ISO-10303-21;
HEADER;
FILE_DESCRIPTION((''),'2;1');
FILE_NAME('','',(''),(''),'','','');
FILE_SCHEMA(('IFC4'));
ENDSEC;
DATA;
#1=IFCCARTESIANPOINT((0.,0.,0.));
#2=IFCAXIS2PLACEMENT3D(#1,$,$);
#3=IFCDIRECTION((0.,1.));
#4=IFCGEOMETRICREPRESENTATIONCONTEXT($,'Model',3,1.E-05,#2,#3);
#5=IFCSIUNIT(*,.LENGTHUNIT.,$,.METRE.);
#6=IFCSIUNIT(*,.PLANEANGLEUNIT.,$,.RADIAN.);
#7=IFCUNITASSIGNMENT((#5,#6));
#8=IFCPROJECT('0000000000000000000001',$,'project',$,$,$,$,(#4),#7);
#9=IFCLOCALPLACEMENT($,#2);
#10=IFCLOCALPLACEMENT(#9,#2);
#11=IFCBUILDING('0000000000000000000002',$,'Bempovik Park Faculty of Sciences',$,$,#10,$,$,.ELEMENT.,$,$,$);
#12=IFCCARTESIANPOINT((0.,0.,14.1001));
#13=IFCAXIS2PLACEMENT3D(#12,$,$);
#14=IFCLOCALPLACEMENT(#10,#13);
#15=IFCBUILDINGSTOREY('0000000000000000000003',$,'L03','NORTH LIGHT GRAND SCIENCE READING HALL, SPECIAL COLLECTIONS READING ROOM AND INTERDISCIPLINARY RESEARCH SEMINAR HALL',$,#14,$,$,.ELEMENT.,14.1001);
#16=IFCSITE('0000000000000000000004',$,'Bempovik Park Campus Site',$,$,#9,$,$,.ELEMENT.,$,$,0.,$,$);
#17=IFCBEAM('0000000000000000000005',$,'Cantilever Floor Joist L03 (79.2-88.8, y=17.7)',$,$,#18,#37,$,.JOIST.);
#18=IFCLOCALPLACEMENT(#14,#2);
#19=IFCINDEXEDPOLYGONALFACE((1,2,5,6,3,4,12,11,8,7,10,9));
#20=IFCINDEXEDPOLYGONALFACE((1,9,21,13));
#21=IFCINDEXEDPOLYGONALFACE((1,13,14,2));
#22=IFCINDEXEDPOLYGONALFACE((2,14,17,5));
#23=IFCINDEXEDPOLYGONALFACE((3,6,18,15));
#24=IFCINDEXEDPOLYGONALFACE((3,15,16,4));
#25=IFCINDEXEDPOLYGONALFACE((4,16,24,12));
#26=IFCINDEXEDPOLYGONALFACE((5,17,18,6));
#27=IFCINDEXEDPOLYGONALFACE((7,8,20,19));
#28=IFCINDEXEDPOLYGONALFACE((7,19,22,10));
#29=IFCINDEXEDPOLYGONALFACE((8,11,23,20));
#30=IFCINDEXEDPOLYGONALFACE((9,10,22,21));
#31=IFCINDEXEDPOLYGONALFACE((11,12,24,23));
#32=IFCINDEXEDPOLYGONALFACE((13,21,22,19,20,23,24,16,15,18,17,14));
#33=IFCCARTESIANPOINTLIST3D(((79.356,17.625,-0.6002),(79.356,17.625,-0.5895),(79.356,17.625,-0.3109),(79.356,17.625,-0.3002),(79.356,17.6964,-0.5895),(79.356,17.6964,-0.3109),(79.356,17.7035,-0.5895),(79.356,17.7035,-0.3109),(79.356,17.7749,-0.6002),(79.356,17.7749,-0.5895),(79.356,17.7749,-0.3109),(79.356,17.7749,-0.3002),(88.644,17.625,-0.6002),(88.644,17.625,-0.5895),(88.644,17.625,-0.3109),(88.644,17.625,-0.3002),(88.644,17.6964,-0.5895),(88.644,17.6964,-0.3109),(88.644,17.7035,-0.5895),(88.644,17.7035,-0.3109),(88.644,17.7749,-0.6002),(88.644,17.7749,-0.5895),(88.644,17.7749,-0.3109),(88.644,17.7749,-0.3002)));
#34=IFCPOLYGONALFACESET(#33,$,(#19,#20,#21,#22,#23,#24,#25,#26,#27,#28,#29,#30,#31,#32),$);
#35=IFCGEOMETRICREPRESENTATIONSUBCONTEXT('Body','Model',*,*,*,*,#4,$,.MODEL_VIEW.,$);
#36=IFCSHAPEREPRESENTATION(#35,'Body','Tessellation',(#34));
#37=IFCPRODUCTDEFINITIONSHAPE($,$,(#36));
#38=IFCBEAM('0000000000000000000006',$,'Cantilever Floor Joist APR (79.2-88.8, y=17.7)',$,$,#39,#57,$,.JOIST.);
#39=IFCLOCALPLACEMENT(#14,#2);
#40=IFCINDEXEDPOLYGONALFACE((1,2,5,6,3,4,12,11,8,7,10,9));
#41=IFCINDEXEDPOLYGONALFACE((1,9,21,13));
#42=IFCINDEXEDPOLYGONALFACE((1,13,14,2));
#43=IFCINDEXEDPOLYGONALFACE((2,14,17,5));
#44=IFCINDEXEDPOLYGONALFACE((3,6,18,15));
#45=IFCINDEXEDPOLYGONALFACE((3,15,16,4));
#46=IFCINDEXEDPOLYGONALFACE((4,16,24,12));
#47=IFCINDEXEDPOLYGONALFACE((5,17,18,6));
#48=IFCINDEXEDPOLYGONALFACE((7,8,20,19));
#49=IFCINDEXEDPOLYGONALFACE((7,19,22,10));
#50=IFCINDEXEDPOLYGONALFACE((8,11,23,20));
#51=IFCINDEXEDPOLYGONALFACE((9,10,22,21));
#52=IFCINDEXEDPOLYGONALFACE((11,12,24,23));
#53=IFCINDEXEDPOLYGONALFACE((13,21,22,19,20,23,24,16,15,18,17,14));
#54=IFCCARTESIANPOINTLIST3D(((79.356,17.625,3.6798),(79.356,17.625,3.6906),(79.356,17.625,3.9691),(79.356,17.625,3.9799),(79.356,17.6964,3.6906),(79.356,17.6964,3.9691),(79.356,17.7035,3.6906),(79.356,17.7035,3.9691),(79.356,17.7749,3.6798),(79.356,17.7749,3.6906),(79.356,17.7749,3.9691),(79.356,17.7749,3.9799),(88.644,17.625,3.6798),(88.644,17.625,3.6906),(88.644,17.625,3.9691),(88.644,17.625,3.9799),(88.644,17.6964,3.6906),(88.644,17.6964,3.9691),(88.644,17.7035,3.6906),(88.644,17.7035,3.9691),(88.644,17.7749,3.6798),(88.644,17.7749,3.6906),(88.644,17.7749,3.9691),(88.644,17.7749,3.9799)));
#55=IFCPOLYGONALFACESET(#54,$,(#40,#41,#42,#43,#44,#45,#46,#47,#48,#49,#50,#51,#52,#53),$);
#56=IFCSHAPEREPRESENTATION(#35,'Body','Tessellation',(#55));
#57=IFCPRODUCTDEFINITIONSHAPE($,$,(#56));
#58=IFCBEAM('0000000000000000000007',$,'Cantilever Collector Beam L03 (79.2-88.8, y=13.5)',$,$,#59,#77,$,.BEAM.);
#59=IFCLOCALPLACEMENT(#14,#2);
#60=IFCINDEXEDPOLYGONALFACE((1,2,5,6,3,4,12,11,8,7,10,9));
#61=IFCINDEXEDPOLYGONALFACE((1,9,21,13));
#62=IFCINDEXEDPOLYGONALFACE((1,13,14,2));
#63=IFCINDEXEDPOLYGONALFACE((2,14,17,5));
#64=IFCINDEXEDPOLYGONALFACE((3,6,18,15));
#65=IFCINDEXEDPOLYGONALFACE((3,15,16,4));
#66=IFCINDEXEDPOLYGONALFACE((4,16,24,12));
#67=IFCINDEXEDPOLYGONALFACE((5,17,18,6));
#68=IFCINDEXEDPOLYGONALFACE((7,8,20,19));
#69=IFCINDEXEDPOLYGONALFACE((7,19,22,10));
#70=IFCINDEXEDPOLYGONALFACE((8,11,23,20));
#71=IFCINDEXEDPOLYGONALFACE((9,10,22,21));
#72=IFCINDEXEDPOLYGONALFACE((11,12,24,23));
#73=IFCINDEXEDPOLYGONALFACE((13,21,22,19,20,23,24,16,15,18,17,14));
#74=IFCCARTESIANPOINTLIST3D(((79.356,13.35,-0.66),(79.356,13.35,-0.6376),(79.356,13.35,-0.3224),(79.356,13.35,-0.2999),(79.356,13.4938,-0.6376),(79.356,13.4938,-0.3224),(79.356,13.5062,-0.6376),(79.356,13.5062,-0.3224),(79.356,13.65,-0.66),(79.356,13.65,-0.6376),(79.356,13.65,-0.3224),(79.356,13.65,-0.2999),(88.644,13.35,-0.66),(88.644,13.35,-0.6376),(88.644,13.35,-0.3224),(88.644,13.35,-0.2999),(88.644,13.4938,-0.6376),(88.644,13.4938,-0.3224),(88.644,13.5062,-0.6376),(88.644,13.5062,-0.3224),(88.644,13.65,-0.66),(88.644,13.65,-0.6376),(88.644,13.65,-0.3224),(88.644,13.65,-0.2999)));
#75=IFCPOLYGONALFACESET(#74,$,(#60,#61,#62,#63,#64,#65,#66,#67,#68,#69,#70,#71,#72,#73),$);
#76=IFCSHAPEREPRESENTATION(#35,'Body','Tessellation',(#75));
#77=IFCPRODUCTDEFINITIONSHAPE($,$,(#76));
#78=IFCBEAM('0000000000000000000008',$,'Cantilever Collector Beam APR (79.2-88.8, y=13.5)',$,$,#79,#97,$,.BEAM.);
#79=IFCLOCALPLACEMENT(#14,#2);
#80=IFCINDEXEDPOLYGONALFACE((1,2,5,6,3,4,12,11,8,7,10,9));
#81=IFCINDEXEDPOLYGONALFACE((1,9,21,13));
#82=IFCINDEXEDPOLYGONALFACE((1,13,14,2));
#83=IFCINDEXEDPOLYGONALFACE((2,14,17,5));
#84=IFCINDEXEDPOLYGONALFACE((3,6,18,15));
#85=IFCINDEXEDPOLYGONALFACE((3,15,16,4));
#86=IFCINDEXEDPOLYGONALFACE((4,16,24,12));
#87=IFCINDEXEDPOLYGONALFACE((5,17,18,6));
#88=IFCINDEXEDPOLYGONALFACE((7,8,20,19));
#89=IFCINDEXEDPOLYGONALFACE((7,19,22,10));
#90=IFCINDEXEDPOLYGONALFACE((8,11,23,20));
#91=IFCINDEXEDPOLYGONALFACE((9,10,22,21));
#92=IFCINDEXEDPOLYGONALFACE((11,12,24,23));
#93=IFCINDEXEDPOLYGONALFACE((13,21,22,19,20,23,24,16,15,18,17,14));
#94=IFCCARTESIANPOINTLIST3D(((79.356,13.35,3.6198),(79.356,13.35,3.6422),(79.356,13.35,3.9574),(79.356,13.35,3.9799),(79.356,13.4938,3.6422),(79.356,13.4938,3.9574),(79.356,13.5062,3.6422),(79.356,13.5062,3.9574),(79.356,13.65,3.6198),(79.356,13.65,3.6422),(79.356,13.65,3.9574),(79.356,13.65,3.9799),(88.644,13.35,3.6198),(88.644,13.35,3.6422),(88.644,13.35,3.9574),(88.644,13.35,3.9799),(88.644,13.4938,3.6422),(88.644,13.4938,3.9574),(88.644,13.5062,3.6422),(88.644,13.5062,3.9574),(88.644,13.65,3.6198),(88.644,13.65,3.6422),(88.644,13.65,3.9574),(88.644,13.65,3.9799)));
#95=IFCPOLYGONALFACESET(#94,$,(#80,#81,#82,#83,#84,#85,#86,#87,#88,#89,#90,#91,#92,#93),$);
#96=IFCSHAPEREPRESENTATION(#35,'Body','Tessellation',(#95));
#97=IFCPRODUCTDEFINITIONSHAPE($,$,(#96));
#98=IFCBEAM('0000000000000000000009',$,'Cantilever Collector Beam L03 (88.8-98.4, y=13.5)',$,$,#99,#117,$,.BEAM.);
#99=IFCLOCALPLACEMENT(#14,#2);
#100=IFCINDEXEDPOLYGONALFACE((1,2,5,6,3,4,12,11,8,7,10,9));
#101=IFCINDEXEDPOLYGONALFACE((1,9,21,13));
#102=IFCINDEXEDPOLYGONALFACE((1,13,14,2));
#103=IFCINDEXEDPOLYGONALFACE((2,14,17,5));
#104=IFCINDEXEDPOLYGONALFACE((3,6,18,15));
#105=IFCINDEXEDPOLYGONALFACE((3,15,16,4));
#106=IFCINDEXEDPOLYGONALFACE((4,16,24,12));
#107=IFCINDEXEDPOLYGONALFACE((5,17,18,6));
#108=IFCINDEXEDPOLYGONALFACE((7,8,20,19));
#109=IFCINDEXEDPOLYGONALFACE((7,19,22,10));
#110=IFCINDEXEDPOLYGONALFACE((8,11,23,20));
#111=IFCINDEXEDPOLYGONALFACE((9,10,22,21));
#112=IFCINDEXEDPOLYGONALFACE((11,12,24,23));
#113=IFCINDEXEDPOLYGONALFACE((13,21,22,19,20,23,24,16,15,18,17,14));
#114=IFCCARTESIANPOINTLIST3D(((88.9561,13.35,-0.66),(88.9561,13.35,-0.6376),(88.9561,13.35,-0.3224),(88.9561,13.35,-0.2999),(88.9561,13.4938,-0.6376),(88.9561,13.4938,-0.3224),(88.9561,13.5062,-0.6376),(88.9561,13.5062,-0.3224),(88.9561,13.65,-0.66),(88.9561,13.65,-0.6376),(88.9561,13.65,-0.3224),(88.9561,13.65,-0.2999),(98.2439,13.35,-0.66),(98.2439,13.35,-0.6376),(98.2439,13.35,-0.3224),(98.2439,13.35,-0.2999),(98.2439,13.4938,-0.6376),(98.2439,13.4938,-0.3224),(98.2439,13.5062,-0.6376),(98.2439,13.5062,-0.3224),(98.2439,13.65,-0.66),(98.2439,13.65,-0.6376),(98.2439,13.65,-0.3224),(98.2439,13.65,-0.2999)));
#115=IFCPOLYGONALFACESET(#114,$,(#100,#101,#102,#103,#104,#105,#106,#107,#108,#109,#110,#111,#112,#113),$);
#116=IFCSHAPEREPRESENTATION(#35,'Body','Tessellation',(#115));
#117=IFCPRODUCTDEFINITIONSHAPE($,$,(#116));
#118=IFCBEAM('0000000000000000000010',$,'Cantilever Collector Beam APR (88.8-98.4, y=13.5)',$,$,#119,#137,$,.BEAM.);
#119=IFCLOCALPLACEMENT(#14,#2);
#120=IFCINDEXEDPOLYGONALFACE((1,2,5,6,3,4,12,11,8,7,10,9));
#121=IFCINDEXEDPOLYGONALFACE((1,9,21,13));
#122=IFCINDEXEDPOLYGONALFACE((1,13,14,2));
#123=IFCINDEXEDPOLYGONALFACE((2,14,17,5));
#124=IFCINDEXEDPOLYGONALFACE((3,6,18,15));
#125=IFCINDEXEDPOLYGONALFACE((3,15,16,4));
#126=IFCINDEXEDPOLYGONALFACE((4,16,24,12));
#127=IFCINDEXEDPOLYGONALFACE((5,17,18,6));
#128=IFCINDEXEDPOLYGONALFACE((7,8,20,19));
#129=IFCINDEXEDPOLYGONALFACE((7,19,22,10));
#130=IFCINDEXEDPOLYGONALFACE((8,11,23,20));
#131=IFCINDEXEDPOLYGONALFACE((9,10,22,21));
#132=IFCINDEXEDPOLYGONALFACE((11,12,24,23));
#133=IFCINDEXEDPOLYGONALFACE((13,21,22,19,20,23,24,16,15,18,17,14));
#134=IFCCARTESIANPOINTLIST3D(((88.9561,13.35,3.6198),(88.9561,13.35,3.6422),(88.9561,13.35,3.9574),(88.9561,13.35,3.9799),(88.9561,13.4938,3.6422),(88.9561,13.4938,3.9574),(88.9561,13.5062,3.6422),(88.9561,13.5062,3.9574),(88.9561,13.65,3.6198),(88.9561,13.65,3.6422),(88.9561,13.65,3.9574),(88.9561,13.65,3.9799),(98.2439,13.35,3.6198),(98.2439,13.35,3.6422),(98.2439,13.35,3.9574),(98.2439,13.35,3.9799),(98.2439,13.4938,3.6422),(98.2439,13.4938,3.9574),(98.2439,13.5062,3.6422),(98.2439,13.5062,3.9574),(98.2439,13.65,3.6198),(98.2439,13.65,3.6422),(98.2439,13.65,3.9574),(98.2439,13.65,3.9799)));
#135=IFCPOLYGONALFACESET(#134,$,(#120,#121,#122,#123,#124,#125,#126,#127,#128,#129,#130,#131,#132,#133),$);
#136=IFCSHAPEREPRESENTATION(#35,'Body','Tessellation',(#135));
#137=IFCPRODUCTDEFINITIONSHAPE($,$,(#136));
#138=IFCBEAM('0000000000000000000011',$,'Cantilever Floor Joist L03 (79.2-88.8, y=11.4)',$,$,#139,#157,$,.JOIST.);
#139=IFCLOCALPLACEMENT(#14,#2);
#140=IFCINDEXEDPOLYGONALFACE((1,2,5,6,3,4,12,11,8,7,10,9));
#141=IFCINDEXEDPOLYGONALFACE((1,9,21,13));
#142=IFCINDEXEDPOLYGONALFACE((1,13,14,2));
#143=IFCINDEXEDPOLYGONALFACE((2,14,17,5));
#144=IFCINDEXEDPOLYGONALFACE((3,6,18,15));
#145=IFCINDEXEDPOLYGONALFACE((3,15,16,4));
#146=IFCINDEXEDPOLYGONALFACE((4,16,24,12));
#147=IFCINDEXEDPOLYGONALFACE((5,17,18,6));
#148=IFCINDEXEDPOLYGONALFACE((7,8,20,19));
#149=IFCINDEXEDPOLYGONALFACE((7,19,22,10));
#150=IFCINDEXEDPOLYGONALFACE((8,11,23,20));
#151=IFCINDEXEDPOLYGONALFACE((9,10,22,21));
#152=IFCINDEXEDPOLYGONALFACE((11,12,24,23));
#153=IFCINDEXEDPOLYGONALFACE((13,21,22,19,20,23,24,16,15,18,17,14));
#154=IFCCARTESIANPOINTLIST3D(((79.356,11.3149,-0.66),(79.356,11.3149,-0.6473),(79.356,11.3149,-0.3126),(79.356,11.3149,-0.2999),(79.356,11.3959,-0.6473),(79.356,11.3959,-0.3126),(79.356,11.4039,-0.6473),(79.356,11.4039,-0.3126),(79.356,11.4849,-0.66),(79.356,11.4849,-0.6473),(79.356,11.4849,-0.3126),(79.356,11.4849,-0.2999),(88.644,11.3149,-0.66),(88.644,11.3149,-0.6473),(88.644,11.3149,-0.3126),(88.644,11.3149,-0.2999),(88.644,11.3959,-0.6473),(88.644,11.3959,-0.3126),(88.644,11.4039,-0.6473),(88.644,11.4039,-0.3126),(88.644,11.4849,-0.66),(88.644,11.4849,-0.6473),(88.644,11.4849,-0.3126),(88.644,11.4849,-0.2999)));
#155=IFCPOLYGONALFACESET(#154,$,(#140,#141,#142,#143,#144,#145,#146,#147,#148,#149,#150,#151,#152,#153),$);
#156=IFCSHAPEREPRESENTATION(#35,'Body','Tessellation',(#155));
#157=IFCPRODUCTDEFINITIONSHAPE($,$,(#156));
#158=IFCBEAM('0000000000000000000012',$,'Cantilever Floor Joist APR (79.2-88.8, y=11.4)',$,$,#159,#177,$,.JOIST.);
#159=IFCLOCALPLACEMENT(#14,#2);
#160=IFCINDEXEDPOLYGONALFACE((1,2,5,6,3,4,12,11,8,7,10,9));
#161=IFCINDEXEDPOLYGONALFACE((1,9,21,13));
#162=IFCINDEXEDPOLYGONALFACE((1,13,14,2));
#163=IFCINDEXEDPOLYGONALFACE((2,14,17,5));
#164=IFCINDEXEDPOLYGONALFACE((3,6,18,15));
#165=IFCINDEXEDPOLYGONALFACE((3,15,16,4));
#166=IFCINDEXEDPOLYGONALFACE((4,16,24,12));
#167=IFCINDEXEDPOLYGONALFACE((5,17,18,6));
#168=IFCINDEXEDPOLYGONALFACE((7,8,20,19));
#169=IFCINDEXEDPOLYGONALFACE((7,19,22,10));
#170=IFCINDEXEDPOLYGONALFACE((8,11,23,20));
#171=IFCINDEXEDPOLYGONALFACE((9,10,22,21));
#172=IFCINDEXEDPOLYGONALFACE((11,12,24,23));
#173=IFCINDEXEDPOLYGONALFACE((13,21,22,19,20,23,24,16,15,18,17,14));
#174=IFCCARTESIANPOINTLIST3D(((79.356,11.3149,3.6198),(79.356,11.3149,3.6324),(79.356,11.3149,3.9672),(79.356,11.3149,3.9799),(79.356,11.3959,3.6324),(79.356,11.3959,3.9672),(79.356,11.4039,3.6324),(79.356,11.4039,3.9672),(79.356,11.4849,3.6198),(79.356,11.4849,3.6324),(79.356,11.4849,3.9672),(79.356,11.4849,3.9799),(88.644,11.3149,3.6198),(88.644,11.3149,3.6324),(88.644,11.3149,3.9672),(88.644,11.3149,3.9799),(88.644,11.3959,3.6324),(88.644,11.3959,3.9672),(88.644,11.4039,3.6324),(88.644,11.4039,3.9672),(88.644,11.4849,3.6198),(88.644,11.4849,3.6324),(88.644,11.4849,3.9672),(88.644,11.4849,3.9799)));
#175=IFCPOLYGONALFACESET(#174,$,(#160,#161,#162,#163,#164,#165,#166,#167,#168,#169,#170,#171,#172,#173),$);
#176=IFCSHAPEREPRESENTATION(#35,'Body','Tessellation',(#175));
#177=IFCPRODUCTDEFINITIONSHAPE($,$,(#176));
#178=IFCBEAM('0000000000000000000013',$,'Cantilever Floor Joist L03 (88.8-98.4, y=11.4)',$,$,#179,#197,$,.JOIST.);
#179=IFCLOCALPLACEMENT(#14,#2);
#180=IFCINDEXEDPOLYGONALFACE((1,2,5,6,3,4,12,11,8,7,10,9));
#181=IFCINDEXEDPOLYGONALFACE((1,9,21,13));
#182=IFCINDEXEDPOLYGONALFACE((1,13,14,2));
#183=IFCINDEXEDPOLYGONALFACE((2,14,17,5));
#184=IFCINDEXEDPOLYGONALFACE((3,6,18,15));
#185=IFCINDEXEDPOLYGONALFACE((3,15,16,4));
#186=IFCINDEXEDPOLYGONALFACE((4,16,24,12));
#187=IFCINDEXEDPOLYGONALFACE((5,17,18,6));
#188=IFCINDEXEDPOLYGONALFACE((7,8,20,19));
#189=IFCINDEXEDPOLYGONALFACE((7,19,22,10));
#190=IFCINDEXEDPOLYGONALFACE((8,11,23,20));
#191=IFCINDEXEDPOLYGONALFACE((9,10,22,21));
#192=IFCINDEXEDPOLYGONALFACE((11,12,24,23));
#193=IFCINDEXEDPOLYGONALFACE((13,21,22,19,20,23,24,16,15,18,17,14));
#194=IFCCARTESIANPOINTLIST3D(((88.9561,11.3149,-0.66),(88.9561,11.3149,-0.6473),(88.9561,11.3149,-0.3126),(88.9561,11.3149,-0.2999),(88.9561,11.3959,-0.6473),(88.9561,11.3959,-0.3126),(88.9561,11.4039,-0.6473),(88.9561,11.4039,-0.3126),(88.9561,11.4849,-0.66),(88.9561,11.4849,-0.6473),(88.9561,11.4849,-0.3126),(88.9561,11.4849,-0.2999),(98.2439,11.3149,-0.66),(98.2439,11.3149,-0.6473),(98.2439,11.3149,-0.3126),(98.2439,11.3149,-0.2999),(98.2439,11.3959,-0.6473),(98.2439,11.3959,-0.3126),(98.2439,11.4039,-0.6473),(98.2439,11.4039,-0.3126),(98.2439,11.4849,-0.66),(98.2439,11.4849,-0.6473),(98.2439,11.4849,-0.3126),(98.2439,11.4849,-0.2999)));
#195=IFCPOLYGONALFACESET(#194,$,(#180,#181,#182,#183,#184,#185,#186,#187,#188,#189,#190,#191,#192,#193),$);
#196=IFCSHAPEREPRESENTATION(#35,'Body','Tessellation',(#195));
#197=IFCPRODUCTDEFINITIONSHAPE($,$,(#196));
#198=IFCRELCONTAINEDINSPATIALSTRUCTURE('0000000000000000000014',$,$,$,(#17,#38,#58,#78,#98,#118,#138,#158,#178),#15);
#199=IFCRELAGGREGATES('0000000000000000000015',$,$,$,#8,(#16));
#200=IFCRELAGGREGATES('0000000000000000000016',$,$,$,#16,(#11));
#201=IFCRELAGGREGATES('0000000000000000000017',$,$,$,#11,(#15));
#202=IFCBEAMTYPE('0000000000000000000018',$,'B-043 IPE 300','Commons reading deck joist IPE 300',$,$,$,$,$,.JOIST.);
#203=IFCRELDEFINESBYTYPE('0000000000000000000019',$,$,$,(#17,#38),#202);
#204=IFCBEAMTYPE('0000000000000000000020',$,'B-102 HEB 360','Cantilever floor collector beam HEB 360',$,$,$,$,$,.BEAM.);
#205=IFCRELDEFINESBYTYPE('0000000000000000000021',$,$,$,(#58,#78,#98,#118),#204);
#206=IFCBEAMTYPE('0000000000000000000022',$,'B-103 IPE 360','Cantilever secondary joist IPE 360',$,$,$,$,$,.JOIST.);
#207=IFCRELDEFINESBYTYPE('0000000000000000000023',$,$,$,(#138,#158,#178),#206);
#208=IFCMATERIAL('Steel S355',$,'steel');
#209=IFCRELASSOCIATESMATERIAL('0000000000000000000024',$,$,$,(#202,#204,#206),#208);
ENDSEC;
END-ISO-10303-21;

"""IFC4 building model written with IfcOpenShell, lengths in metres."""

from ifc_helpers import new_model, si_unit, direction, frame, origin, origin_2d, place, context, subcontext, project, spatial, i_section, extrude, material, material_profile, profile_set, type_object, element, save


model = new_model("IFC4")

# Units and contexts
model_context = context("Model", 3, precision=1e-05, world=origin(), true_north=direction((0.0, 1.0)))
body_context = subcontext(model_context, "Body", "Model", "MODEL_VIEW")
ifc_project = project(units=[si_unit("LENGTHUNIT", "METRE"), si_unit("PLANEANGLEUNIT", "RADIAN")], contexts=[model_context])

# Site, building, storey
site_placement = place(None, origin())
site = spatial("IfcSite", under=ifc_project, at=site_placement, Name="Bempovik Park Campus Site", CompositionType="ELEMENT", RefElevation=0.0)
building_placement = place(site_placement, origin())
building = spatial("IfcBuilding", under=site, at=building_placement, Name="Bempovik Park Faculty of Sciences", CompositionType="ELEMENT")
storey_placement = place(building_placement, frame((0.0, 0.0, 14.1001)))
storey = spatial("IfcBuildingStorey", under=building, at=storey_placement, Name="L03", Description="NORTH LIGHT GRAND SCIENCE READING HALL, SPECIAL COLLECTIONS READING ROOM AND INTERDISCIPLINARY RESEARCH SEMINAR HALL", CompositionType="ELEMENT", Elevation=14.1001)

# Beams
ifc_material_1 = material(Name="Steel S355", Category="steel")
ifc_material_profile_1 = material_profile(ifc_material_1, i_section(OverallWidth=0.1499, OverallDepth=0.3, WebThickness=0.0071, FlangeThickness=0.0107, at=origin_2d()), Name="IPE 300")
ifc_profile_set_1 = profile_set([ifc_material_profile_1], Name="Steel S355")
beam_type_1 = type_object("IfcBeamType", Name="B-043 IPE 300", Description="Commons reading deck joist IPE 300", PredefinedType="JOIST", material=ifc_profile_set_1)
for number, where, z_axis, x_axis, name in (
    (1, (79.356, 17.7, -0.4502), (1.0, 0.0, 0.0), (0.0, 1.0, 0.0), "Cantilever Floor Joist L03 (79.2-88.8, y=17.7)"),
    (2, (79.356, 17.7, 3.8298), (1.0, 0.0, 0.0), (0.0, 1.0, 0.0), "Cantilever Floor Joist APR (79.2-88.8, y=17.7)"),
):
    element("IfcBeam", number, at=place(storey_placement, frame(where, z_axis=z_axis, x_axis=x_axis)), inside=storey, type_object=beam_type_1, Name=name, PredefinedType="JOIST", context=body_context, shape_type="SweptSolid", body=[
        extrude(i_section(OverallWidth=0.1499, OverallDepth=0.3, WebThickness=0.0071, FlangeThickness=0.0107, at=origin_2d()), origin(), (0.0, 0.0, 1.0), 9.2881),
    ])
ifc_material_profile_2 = material_profile(ifc_material_1, i_section(OverallWidth=0.3, OverallDepth=0.3601, WebThickness=0.0125, FlangeThickness=0.0225, at=origin_2d()), Name="HEB 360")
ifc_profile_set_2 = profile_set([ifc_material_profile_2], Name="Steel S355")
beam_type_2 = type_object("IfcBeamType", Name="B-102 HEB 360", Description="Cantilever floor collector beam HEB 360", PredefinedType="BEAM", material=ifc_profile_set_2)
for number, where, z_axis, x_axis, name in (
    (3, (79.356, 13.5, -0.48), (1.0, 0.0, 0.0), (0.0, 1.0, 0.0), "Cantilever Collector Beam L03 (79.2-88.8, y=13.5)"),
    (4, (79.356, 13.5, 3.7998), (1.0, 0.0, 0.0), (0.0, 1.0, 0.0), "Cantilever Collector Beam APR (79.2-88.8, y=13.5)"),
):
    element("IfcBeam", number, at=place(storey_placement, frame(where, z_axis=z_axis, x_axis=x_axis)), inside=storey, type_object=beam_type_2, Name=name, PredefinedType="BEAM", context=body_context, shape_type="SweptSolid", body=[
        extrude(i_section(OverallWidth=0.3, OverallDepth=0.3601, WebThickness=0.0125, FlangeThickness=0.0225, at=origin_2d()), origin(), (0.0, 0.0, 1.0), 9.2881),
    ])
for number, where, z_axis, x_axis, name in (
    (5, (88.9561, 13.5, -0.48), (1.0, 0.0, 0.0), (0.0, 1.0, 0.0), "Cantilever Collector Beam L03 (88.8-98.4, y=13.5)"),
    (6, (88.9561, 13.5, 3.7998), (1.0, 0.0, 0.0), (0.0, 1.0, 0.0), "Cantilever Collector Beam APR (88.8-98.4, y=13.5)"),
):
    element("IfcBeam", number, at=place(storey_placement, frame(where, z_axis=z_axis, x_axis=x_axis)), inside=storey, type_object=beam_type_2, Name=name, PredefinedType="BEAM", context=body_context, shape_type="SweptSolid", body=[
        extrude(i_section(OverallWidth=0.3, OverallDepth=0.3601, WebThickness=0.0125, FlangeThickness=0.0225, at=origin_2d()), origin(), (0.0, 0.0, 1.0), 9.2878),
    ])
ifc_material_profile_3 = material_profile(ifc_material_1, i_section(OverallWidth=0.1699, OverallDepth=0.3601, WebThickness=0.0081, FlangeThickness=0.0127, at=origin_2d()), Name="IPE 360")
ifc_profile_set_3 = profile_set([ifc_material_profile_3], Name="Steel S355")
beam_type_3 = type_object("IfcBeamType", Name="B-103 IPE 360", Description="Cantilever secondary joist IPE 360", PredefinedType="JOIST", material=ifc_profile_set_3)
for number, where, z_axis, x_axis, name in (
    (7, (79.356, 11.3999, -0.48), (1.0, 0.0, 0.0), (0.0, 1.0, 0.0), "Cantilever Floor Joist L03 (79.2-88.8, y=11.4)"),
    (8, (79.356, 11.3999, 3.7998), (1.0, 0.0, 0.0), (0.0, 1.0, 0.0), "Cantilever Floor Joist APR (79.2-88.8, y=11.4)"),
):
    element("IfcBeam", number, at=place(storey_placement, frame(where, z_axis=z_axis, x_axis=x_axis)), inside=storey, type_object=beam_type_3, Name=name, PredefinedType="JOIST", context=body_context, shape_type="SweptSolid", body=[
        extrude(i_section(OverallWidth=0.1699, OverallDepth=0.3601, WebThickness=0.0081, FlangeThickness=0.0127, at=origin_2d()), origin(), (0.0, 0.0, 1.0), 9.2881),
    ])
for number, where, z_axis, x_axis, name in (
    (9, (88.9561, 11.3999, -0.48), (1.0, 0.0, 0.0), (0.0, 1.0, 0.0), "Cantilever Floor Joist L03 (88.8-98.4, y=11.4)"),
):
    element("IfcBeam", number, at=place(storey_placement, frame(where, z_axis=z_axis, x_axis=x_axis)), inside=storey, type_object=beam_type_3, Name=name, PredefinedType="JOIST", context=body_context, shape_type="SweptSolid", body=[
        extrude(i_section(OverallWidth=0.1699, OverallDepth=0.3601, WebThickness=0.0081, FlangeThickness=0.0127, at=origin_2d()), origin(), (0.0, 0.0, 1.0), 9.2878),
    ])

save(model, "model.ifc")
